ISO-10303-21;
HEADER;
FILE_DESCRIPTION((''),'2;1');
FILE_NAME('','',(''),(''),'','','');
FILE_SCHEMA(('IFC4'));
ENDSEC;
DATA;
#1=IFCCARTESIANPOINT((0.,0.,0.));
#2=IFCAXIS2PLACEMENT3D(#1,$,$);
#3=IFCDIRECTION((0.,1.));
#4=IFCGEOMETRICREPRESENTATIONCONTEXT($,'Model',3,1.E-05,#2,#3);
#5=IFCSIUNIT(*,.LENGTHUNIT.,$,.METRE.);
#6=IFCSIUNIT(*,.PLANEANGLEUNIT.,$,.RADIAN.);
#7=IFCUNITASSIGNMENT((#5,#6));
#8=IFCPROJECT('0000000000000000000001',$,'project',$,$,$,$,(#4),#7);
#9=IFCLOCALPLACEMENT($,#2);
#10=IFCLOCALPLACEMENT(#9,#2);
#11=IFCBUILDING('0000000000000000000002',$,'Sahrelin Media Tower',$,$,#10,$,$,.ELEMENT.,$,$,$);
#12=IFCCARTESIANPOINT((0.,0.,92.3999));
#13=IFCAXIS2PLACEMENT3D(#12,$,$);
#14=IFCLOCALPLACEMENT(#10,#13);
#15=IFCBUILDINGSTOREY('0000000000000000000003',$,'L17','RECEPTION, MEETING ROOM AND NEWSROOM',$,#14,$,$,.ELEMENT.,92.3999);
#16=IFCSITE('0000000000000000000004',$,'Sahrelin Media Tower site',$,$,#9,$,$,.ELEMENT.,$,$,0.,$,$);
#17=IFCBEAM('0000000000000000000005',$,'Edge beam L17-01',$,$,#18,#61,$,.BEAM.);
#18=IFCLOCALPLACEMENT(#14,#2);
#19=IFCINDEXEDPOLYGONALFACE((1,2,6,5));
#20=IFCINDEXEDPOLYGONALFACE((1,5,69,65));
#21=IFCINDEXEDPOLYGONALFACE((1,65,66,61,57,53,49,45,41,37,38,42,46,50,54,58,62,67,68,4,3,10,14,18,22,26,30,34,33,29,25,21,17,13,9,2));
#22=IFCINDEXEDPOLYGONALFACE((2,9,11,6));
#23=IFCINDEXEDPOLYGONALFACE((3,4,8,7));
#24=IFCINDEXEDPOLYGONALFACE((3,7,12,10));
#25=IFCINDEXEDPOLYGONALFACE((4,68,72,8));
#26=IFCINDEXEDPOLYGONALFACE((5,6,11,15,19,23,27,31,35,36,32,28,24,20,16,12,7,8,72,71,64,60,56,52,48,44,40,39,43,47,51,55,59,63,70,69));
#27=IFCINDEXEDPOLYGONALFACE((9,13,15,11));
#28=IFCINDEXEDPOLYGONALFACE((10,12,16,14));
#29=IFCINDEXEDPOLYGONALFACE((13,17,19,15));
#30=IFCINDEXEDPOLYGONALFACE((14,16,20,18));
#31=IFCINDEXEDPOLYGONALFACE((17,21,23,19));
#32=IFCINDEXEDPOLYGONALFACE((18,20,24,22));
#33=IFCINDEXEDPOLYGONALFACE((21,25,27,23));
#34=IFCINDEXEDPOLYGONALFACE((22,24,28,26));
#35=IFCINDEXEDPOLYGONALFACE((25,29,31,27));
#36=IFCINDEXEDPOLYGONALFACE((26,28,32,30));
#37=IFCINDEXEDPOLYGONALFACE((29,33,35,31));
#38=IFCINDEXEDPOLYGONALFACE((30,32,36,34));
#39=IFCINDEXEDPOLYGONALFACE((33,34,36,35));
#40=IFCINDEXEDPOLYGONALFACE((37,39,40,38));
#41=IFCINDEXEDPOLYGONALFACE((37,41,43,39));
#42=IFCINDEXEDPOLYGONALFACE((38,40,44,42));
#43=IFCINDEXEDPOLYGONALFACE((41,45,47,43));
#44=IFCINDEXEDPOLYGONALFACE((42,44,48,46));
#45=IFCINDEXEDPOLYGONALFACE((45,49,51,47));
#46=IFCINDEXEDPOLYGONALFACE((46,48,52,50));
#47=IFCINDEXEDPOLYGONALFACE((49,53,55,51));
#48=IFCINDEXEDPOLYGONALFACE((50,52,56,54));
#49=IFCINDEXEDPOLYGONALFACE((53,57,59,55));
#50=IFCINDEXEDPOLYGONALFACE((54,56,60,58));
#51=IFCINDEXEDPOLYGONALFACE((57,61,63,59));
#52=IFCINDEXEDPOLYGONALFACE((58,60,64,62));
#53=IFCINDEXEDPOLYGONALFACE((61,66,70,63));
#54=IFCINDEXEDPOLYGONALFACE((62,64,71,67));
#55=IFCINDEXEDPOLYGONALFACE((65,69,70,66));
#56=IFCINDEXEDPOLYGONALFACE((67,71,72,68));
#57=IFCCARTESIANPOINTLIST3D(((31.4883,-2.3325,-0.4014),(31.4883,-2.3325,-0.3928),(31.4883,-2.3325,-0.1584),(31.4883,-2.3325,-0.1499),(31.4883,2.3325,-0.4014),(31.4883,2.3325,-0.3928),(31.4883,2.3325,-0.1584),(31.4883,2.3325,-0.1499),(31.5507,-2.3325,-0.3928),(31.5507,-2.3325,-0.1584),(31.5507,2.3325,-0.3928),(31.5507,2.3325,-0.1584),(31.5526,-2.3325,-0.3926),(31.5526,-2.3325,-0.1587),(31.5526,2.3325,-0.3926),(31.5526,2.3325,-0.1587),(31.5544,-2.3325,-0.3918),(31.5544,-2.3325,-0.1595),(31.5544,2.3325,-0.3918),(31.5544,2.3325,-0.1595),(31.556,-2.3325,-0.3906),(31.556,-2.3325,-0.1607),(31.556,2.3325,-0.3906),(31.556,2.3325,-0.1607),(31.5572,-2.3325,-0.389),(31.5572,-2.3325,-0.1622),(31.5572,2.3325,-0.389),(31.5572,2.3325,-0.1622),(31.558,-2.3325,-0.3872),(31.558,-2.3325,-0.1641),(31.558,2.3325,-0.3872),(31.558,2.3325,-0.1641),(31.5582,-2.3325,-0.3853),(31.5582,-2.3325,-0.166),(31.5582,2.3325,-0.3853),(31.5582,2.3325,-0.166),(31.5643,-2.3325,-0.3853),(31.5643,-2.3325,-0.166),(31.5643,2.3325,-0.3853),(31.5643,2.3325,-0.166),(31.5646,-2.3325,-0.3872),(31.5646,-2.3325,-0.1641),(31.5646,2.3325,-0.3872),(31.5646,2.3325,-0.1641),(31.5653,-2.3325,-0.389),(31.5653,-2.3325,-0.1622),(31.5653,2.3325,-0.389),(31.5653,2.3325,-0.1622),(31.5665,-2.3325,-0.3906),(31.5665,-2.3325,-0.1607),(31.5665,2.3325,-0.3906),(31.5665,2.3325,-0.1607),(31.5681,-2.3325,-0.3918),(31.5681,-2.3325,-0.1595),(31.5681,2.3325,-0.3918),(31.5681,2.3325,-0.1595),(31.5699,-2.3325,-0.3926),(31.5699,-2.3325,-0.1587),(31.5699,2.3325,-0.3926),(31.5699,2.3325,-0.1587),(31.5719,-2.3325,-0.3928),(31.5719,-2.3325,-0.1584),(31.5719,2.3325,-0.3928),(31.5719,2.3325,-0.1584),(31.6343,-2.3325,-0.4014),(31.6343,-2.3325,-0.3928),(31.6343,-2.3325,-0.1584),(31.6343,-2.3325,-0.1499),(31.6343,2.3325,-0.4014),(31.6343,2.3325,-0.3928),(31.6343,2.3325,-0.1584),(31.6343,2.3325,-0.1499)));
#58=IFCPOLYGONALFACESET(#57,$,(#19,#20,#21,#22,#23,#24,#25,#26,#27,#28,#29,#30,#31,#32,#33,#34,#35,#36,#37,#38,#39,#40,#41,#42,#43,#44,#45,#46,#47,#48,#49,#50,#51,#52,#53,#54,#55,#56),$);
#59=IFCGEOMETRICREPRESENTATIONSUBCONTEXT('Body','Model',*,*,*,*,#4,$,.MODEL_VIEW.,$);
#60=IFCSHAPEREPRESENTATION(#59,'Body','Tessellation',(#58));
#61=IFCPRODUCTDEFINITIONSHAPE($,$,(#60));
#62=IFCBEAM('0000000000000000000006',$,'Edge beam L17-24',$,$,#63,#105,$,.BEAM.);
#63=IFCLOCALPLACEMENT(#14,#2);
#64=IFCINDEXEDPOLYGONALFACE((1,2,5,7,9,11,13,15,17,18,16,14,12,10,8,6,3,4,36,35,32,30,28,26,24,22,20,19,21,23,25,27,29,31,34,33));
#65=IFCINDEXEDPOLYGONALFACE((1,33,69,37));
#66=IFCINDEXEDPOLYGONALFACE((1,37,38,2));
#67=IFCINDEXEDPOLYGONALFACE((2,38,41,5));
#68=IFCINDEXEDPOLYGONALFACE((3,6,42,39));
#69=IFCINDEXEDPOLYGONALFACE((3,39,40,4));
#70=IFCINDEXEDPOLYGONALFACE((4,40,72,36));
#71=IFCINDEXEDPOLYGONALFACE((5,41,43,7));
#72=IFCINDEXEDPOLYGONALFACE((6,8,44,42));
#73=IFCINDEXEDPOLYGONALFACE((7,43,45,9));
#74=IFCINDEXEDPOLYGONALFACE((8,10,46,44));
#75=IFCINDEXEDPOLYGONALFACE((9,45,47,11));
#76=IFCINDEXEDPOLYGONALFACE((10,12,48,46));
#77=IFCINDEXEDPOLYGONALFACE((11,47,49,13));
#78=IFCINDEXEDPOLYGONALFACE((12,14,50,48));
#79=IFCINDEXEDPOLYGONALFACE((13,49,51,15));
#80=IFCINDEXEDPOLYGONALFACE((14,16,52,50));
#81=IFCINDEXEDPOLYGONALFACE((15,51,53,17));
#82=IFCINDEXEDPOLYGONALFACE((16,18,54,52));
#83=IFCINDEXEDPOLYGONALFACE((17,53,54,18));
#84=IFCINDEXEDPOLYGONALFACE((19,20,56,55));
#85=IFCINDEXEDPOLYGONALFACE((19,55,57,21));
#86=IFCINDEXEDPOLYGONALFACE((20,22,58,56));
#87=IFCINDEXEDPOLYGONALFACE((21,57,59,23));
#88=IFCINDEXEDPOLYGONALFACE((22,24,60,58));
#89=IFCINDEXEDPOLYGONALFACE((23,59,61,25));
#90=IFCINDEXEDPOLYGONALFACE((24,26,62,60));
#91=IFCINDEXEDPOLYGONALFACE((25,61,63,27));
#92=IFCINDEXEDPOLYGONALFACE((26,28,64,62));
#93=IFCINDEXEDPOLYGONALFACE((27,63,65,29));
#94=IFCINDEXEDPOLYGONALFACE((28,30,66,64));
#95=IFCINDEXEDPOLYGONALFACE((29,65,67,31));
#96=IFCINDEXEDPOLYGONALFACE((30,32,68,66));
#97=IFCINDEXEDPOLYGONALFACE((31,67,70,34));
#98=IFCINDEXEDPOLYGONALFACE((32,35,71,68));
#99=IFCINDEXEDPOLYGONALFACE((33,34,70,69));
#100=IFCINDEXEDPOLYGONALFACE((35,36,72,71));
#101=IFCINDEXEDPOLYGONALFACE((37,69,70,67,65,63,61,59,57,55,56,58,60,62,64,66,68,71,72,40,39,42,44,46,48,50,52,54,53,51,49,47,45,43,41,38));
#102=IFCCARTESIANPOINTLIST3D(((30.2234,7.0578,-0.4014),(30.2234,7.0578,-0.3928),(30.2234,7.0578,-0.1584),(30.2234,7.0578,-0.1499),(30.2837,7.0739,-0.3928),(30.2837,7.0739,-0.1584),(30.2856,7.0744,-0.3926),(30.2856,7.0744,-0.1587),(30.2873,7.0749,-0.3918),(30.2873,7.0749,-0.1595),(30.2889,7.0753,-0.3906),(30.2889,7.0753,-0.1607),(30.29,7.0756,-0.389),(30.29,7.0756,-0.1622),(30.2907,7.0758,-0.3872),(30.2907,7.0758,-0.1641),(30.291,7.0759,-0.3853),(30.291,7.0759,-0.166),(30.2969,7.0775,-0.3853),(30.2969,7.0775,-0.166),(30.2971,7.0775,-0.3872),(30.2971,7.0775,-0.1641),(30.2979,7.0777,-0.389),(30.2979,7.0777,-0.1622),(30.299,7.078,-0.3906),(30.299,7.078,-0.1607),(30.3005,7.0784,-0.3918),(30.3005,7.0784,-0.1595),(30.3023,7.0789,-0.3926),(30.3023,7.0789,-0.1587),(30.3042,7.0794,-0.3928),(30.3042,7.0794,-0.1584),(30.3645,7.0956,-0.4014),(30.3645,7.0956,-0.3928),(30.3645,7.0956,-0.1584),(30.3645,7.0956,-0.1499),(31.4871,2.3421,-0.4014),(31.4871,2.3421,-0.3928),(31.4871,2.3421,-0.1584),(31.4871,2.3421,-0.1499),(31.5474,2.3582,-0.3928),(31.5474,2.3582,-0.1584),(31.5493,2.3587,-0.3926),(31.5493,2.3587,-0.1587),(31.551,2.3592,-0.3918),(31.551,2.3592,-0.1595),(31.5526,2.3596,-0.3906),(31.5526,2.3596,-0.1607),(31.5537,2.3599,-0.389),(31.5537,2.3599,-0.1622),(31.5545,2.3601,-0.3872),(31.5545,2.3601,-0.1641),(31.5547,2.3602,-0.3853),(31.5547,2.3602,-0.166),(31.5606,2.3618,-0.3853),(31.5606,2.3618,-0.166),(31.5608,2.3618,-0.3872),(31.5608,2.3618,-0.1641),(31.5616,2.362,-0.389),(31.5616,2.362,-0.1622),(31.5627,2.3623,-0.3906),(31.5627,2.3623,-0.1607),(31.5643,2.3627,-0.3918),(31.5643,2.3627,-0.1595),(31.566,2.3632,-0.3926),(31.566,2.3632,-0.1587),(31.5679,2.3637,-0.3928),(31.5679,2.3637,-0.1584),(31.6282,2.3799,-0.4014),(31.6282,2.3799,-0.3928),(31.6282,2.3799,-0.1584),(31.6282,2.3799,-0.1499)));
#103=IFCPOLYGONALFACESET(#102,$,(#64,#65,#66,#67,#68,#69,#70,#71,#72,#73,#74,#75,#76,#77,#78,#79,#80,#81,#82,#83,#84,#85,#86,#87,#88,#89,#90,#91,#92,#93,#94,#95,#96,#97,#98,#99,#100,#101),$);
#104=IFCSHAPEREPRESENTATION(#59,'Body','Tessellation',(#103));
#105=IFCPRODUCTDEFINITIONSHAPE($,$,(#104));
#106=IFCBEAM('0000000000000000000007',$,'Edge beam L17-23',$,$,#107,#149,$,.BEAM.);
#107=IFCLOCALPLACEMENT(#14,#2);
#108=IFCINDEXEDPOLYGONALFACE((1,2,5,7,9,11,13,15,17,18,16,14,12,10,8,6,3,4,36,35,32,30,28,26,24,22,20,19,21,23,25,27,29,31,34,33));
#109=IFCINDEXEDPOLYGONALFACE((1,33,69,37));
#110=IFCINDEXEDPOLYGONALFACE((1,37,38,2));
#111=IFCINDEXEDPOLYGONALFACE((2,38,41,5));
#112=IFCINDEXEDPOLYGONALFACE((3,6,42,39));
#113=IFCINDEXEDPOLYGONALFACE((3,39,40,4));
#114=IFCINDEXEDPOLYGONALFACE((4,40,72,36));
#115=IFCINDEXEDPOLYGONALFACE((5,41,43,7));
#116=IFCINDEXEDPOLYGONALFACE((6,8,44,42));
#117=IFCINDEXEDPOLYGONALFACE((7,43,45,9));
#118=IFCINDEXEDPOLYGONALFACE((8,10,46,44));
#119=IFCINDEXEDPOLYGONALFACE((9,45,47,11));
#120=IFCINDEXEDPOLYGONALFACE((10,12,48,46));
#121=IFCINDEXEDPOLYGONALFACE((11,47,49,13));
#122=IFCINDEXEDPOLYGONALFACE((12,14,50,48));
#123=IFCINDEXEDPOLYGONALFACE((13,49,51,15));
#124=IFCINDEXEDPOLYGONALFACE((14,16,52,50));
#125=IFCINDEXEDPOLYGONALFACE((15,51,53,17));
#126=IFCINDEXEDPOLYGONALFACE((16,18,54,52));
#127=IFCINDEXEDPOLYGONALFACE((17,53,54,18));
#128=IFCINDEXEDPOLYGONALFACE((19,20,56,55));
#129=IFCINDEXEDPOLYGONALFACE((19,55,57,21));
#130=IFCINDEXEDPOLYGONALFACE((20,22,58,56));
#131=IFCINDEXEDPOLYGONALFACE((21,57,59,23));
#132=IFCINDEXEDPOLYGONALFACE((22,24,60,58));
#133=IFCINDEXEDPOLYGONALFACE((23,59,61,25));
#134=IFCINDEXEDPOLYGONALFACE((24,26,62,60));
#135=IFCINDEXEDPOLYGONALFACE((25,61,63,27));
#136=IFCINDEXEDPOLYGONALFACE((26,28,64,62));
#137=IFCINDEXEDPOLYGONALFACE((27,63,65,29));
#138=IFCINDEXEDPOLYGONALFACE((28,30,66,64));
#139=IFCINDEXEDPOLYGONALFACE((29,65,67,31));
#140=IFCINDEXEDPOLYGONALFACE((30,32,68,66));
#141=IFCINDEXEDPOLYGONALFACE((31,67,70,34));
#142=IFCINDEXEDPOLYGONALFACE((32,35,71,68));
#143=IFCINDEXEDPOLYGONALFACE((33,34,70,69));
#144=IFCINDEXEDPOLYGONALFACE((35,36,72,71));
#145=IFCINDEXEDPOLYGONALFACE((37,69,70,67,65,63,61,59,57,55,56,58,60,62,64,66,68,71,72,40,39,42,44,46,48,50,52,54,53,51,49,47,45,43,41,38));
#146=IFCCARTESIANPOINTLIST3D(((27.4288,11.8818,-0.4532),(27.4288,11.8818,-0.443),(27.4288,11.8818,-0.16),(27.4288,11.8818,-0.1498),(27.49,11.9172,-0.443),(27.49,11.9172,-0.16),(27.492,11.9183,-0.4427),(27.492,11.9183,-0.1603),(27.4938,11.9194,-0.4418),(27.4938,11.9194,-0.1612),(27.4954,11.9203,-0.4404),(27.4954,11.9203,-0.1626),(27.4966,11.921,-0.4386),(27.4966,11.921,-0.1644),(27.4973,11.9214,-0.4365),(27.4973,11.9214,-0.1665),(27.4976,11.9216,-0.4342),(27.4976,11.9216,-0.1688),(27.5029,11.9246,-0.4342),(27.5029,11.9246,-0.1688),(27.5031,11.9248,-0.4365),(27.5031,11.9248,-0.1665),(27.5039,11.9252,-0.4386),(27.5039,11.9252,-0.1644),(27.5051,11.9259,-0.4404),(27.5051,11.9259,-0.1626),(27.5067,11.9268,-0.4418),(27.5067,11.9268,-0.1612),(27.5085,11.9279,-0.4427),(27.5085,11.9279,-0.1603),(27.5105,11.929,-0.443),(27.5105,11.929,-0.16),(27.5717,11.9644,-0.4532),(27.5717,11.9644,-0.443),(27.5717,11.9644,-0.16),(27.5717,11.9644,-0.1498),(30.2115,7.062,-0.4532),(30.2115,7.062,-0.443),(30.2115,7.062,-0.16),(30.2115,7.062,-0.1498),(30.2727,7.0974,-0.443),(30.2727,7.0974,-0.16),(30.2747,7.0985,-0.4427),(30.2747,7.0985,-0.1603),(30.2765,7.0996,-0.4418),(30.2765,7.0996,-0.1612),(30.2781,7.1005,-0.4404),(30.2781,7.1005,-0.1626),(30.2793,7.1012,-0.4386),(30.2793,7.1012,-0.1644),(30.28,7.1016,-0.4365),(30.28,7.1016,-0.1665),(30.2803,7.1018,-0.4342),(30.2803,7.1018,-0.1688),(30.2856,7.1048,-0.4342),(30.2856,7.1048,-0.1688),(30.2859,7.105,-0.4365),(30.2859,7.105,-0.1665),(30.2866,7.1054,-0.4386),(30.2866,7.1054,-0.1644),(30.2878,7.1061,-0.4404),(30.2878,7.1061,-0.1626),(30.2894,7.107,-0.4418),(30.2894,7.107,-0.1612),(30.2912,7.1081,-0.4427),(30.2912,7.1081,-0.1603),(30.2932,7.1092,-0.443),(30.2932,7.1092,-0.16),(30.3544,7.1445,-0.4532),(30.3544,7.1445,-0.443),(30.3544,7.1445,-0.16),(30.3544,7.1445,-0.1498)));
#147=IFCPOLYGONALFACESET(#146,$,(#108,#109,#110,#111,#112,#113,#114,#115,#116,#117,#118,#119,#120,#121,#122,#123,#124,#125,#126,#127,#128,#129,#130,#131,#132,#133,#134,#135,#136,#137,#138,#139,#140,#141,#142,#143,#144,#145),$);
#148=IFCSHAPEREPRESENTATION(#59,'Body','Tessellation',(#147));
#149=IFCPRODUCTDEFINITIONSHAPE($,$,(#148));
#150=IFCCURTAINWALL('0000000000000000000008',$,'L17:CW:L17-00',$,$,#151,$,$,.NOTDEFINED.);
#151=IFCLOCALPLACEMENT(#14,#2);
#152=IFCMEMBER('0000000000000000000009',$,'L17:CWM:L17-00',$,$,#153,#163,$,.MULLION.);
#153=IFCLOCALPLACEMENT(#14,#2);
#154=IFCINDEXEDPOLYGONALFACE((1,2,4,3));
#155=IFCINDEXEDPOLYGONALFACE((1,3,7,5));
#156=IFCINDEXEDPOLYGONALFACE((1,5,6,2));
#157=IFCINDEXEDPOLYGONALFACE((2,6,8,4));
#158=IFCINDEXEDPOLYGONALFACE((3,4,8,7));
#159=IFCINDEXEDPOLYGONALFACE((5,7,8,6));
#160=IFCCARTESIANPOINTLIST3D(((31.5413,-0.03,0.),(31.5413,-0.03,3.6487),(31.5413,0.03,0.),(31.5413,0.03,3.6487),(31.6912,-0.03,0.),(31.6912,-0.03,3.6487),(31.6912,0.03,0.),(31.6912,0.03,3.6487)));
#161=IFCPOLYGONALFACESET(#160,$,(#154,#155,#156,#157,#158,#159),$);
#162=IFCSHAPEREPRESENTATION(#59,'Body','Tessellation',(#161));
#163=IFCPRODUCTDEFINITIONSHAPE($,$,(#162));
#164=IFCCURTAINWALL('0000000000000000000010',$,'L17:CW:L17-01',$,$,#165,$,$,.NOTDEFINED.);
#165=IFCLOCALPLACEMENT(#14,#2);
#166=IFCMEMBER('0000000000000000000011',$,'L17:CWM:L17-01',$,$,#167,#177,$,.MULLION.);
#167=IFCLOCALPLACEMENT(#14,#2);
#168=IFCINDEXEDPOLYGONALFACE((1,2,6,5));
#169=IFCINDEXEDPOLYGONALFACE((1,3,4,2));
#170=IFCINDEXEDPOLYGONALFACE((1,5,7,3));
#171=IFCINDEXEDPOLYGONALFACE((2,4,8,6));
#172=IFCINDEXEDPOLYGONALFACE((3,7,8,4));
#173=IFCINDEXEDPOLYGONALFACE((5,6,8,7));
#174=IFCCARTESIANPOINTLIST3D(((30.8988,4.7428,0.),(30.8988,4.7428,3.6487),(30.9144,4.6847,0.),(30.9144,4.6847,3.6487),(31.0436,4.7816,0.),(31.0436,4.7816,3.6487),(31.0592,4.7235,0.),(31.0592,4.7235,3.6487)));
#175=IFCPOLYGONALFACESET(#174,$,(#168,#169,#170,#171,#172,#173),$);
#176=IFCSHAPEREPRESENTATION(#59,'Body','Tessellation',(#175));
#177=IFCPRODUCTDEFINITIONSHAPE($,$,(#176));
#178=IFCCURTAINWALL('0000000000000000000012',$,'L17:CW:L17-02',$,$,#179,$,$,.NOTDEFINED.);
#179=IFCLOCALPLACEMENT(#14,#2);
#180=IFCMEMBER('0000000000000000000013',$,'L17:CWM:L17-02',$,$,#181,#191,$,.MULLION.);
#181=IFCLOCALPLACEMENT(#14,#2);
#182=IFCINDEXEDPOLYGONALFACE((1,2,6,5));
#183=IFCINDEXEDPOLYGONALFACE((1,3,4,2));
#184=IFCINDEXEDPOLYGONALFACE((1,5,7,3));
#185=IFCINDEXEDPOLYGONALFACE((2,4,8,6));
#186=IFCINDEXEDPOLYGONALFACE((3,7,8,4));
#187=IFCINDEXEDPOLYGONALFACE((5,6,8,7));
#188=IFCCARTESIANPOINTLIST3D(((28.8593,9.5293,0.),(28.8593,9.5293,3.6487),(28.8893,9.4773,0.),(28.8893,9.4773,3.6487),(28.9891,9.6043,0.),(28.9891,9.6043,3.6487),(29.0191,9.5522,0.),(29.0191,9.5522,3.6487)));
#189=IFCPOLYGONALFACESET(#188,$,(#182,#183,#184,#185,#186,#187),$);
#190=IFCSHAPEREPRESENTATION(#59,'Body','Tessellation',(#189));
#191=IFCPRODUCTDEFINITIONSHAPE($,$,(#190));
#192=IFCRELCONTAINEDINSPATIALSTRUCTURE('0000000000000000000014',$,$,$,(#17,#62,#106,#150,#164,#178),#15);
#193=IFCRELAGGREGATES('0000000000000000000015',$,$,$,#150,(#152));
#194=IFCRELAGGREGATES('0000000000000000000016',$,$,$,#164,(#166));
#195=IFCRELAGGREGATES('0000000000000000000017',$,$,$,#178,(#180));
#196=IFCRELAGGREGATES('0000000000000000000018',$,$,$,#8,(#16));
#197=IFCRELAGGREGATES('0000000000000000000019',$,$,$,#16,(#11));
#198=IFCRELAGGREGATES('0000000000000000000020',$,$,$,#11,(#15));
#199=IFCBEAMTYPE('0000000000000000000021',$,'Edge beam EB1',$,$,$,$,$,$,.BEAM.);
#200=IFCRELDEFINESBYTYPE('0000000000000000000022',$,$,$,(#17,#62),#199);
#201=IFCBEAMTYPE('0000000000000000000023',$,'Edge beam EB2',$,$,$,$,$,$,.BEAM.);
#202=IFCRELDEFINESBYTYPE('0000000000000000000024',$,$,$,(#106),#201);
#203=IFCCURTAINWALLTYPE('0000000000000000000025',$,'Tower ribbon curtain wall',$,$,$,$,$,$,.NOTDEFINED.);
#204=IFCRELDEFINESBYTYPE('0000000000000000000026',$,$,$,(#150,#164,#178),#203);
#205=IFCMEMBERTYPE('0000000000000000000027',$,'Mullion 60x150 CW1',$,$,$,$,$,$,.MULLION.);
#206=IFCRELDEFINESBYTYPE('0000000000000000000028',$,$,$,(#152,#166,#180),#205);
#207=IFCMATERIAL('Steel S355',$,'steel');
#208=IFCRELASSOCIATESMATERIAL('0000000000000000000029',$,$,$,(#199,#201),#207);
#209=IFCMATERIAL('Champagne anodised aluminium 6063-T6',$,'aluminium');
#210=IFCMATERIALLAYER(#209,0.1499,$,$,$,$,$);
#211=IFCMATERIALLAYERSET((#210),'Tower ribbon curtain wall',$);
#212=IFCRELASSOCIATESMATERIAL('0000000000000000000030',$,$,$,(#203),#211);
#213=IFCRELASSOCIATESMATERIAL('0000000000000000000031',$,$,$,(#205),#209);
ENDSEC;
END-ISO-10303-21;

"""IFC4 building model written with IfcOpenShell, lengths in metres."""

from ifc_helpers import new_model, si_unit, direction, frame, origin, origin_2d, place, context, subcontext, project, spatial, rectangle, i_section, extrude, material, layer, layer_set, material_profile, profile_set, type_object, element, aggregate, save


model = new_model("IFC4")

# Units and contexts
model_context = context("Model", 3, precision=1e-05, world=origin(), true_north=direction((0.0, 1.0)))
body_context = subcontext(model_context, "Body", "Model", "MODEL_VIEW")
ifc_project = project(units=[si_unit("LENGTHUNIT", "METRE"), si_unit("PLANEANGLEUNIT", "RADIAN")], contexts=[model_context])

# Site, building, storey
site_placement = place(None, origin())
site = spatial("IfcSite", under=ifc_project, at=site_placement, Name="Sahrelin Media Tower site", CompositionType="ELEMENT", RefElevation=0.0)
building_placement = place(site_placement, origin())
building = spatial("IfcBuilding", under=site, at=building_placement, Name="Sahrelin Media Tower", CompositionType="ELEMENT")
storey_placement = place(building_placement, frame((0.0, 0.0, 92.3999)))
storey = spatial("IfcBuildingStorey", under=building, at=storey_placement, Name="L17", Description="RECEPTION, MEETING ROOM AND NEWSROOM", CompositionType="ELEMENT", Elevation=92.3999)

# Beams
ifc_material_1 = material(Name="Steel S355", Category="steel")
ifc_material_profile_1 = material_profile(ifc_material_1, i_section(OverallWidth=0.146, OverallDepth=0.2515, WebThickness=0.0061, FlangeThickness=0.0085, FilletRadius=0.0076, at=origin_2d()), Name="UB 254x146x31")
ifc_profile_set_1 = profile_set([ifc_material_profile_1], Name="Steel S355")
beam_type_1 = type_object("IfcBeamType", Name="Edge beam EB1", PredefinedType="BEAM", material=ifc_profile_set_1)
beam_1_placement = place(storey_placement, frame((31.5613, 2.3325, -0.2756), z_axis=(0.0, -1.0, 0.0), x_axis=(1.0, 0.0, 0.0)))
element("IfcBeam", 1, at=beam_1_placement, inside=storey, type_object=beam_type_1, Name="Edge beam L17-01", PredefinedType="BEAM", context=body_context, shape_type="SweptSolid", body=[
    extrude(i_section(OverallWidth=0.146, OverallDepth=0.2515, WebThickness=0.0061, FlangeThickness=0.0085, FilletRadius=0.0076, at=origin_2d()), origin(), (0.0, 0.0, 1.0), 4.665),
])
beam_2_placement = place(storey_placement, frame((30.2939, 7.0767, -0.2756), z_axis=(0.258845, -0.965919, 0.0), x_axis=(0.965919, 0.258845, 0.0)))
element("IfcBeam", 2, at=beam_2_placement, inside=storey, type_object=beam_type_1, Name="Edge beam L17-24", PredefinedType="BEAM", context=body_context, shape_type="SweptSolid", body=[
    extrude(i_section(OverallWidth=0.146, OverallDepth=0.2515, WebThickness=0.0061, FlangeThickness=0.0085, FilletRadius=0.0076, at=origin_2d()), origin(), (0.0, 0.0, 1.0), 4.8821),
])
ifc_material_profile_2 = material_profile(ifc_material_1, i_section(OverallWidth=0.165, OverallDepth=0.3035, WebThickness=0.0061, FlangeThickness=0.0103, FilletRadius=0.0088, at=origin_2d()), Name="UB 305x165x40")
ifc_profile_set_2 = profile_set([ifc_material_profile_2], Name="Steel S355")
beam_type_2 = type_object("IfcBeamType", Name="Edge beam EB2", PredefinedType="BEAM", material=ifc_profile_set_2)
beam_3_placement = place(storey_placement, frame((27.5002, 11.9231, -0.3015), z_axis=(0.499998, -0.866026, 0.0), x_axis=(0.866026, 0.499998, 0.0)))
element("IfcBeam", 3, at=beam_3_placement, inside=storey, type_object=beam_type_2, Name="Edge beam L17-23", PredefinedType="BEAM", context=body_context, shape_type="SweptSolid", body=[
    extrude(i_section(OverallWidth=0.165, OverallDepth=0.3035, WebThickness=0.0061, FlangeThickness=0.0103, FilletRadius=0.0088, at=origin_2d()), origin(), (0.0, 0.0, 1.0), 5.5654),
])

# Curtain walls, members
ifc_material_2 = material(Name="Champagne anodised aluminium 6063-T6", Category="aluminium")
ifc_layer_1 = layer(ifc_material_2, 0.1499)
ifc_layer_set_1 = layer_set([ifc_layer_1], Name="Tower ribbon curtain wall")
curtain_wall_type = type_object("IfcCurtainWallType", Name="Tower ribbon curtain wall", PredefinedType="NOTDEFINED", material=ifc_layer_set_1)
curtain_wall_1_placement = place(storey_placement, frame((31.7112, 0.0, 0.0), z_axis=(0.0, 0.0, 1.0), x_axis=(1.0, 0.0, 0.0)))
curtain_wall_1 = element("IfcCurtainWall", 4, at=curtain_wall_1_placement, inside=storey, type_object=curtain_wall_type, Name="L17:CW:L17-00", PredefinedType="NOTDEFINED")
ifc_material_profile_3 = material_profile(ifc_material_2, rectangle(XDim=0.0601, YDim=0.1499, at=origin_2d()), Name="Mullion 60x150")
ifc_profile_set_3 = profile_set([ifc_material_profile_3], Name="Champagne anodised aluminium 6063-T6")
member_type_1 = type_object("IfcMemberType", Name="Mullion 60x150 CW1", PredefinedType="MULLION", material=ifc_profile_set_3)
member_1_placement = place(storey_placement, frame((31.6162, 0.0, 0.0), z_axis=(0.0, 0.0, 1.0), x_axis=(0.0, 1.0, 0.0)))
member_1 = element("IfcMember", 5, at=member_1_placement, type_object=member_type_1, Name="L17:CWM:L17-00", PredefinedType="MULLION", context=body_context, shape_type="SweptSolid", body=[
    extrude(rectangle(XDim=0.0601, YDim=0.1499, at=origin_2d()), origin(), (0.0, 0.0, 1.0), 3.6487),
])
aggregate(curtain_wall_1, [member_1])
curtain_wall_2_placement = place(storey_placement, frame((31.0708, 4.7576, 0.0), z_axis=(0.0, 0.0, 1.0), x_axis=(1.0, 0.0, 0.0)))
curtain_wall_2 = element("IfcCurtainWall", 6, at=curtain_wall_2_placement, inside=storey, type_object=curtain_wall_type, Name="L17:CW:L17-01", PredefinedType="NOTDEFINED")
member_2_placement = place(storey_placement, frame((30.979, 4.7332, 0.0), z_axis=(0.0, 0.0, 1.0), x_axis=(-0.258817, 0.965926, 0.0)))
member_2 = element("IfcMember", 7, at=member_2_placement, type_object=member_type_1, Name="L17:CWM:L17-01", PredefinedType="MULLION", context=body_context, shape_type="SweptSolid", body=[
    extrude(rectangle(XDim=0.0601, YDim=0.1499, at=origin_2d()), origin(), (0.0, 0.0, 1.0), 3.6487),
])
curtain_wall_3_placement = place(storey_placement, frame((29.0215, 9.5884, 0.0), z_axis=(0.0, 0.0, 1.0), x_axis=(1.0, 0.0, 0.0)))
curtain_wall_3 = element("IfcCurtainWall", 8, at=curtain_wall_3_placement, inside=storey, type_object=curtain_wall_type, Name="L17:CW:L17-02", PredefinedType="NOTDEFINED")
member_3_placement = place(storey_placement, frame((28.9392, 9.5408, 0.0), z_axis=(0.0, 0.0, 1.0), x_axis=(-0.499991, 0.866031, 0.0)))
member_3 = element("IfcMember", 9, at=member_3_placement, type_object=member_type_1, Name="L17:CWM:L17-02", PredefinedType="MULLION", context=body_context, shape_type="SweptSolid", body=[
    extrude(rectangle(XDim=0.0601, YDim=0.1499, at=origin_2d()), origin(), (0.0, 0.0, 1.0), 3.6487),
])

aggregate(curtain_wall_2, [member_2])
aggregate(curtain_wall_3, [member_3])

save(model, "model.ifc")
